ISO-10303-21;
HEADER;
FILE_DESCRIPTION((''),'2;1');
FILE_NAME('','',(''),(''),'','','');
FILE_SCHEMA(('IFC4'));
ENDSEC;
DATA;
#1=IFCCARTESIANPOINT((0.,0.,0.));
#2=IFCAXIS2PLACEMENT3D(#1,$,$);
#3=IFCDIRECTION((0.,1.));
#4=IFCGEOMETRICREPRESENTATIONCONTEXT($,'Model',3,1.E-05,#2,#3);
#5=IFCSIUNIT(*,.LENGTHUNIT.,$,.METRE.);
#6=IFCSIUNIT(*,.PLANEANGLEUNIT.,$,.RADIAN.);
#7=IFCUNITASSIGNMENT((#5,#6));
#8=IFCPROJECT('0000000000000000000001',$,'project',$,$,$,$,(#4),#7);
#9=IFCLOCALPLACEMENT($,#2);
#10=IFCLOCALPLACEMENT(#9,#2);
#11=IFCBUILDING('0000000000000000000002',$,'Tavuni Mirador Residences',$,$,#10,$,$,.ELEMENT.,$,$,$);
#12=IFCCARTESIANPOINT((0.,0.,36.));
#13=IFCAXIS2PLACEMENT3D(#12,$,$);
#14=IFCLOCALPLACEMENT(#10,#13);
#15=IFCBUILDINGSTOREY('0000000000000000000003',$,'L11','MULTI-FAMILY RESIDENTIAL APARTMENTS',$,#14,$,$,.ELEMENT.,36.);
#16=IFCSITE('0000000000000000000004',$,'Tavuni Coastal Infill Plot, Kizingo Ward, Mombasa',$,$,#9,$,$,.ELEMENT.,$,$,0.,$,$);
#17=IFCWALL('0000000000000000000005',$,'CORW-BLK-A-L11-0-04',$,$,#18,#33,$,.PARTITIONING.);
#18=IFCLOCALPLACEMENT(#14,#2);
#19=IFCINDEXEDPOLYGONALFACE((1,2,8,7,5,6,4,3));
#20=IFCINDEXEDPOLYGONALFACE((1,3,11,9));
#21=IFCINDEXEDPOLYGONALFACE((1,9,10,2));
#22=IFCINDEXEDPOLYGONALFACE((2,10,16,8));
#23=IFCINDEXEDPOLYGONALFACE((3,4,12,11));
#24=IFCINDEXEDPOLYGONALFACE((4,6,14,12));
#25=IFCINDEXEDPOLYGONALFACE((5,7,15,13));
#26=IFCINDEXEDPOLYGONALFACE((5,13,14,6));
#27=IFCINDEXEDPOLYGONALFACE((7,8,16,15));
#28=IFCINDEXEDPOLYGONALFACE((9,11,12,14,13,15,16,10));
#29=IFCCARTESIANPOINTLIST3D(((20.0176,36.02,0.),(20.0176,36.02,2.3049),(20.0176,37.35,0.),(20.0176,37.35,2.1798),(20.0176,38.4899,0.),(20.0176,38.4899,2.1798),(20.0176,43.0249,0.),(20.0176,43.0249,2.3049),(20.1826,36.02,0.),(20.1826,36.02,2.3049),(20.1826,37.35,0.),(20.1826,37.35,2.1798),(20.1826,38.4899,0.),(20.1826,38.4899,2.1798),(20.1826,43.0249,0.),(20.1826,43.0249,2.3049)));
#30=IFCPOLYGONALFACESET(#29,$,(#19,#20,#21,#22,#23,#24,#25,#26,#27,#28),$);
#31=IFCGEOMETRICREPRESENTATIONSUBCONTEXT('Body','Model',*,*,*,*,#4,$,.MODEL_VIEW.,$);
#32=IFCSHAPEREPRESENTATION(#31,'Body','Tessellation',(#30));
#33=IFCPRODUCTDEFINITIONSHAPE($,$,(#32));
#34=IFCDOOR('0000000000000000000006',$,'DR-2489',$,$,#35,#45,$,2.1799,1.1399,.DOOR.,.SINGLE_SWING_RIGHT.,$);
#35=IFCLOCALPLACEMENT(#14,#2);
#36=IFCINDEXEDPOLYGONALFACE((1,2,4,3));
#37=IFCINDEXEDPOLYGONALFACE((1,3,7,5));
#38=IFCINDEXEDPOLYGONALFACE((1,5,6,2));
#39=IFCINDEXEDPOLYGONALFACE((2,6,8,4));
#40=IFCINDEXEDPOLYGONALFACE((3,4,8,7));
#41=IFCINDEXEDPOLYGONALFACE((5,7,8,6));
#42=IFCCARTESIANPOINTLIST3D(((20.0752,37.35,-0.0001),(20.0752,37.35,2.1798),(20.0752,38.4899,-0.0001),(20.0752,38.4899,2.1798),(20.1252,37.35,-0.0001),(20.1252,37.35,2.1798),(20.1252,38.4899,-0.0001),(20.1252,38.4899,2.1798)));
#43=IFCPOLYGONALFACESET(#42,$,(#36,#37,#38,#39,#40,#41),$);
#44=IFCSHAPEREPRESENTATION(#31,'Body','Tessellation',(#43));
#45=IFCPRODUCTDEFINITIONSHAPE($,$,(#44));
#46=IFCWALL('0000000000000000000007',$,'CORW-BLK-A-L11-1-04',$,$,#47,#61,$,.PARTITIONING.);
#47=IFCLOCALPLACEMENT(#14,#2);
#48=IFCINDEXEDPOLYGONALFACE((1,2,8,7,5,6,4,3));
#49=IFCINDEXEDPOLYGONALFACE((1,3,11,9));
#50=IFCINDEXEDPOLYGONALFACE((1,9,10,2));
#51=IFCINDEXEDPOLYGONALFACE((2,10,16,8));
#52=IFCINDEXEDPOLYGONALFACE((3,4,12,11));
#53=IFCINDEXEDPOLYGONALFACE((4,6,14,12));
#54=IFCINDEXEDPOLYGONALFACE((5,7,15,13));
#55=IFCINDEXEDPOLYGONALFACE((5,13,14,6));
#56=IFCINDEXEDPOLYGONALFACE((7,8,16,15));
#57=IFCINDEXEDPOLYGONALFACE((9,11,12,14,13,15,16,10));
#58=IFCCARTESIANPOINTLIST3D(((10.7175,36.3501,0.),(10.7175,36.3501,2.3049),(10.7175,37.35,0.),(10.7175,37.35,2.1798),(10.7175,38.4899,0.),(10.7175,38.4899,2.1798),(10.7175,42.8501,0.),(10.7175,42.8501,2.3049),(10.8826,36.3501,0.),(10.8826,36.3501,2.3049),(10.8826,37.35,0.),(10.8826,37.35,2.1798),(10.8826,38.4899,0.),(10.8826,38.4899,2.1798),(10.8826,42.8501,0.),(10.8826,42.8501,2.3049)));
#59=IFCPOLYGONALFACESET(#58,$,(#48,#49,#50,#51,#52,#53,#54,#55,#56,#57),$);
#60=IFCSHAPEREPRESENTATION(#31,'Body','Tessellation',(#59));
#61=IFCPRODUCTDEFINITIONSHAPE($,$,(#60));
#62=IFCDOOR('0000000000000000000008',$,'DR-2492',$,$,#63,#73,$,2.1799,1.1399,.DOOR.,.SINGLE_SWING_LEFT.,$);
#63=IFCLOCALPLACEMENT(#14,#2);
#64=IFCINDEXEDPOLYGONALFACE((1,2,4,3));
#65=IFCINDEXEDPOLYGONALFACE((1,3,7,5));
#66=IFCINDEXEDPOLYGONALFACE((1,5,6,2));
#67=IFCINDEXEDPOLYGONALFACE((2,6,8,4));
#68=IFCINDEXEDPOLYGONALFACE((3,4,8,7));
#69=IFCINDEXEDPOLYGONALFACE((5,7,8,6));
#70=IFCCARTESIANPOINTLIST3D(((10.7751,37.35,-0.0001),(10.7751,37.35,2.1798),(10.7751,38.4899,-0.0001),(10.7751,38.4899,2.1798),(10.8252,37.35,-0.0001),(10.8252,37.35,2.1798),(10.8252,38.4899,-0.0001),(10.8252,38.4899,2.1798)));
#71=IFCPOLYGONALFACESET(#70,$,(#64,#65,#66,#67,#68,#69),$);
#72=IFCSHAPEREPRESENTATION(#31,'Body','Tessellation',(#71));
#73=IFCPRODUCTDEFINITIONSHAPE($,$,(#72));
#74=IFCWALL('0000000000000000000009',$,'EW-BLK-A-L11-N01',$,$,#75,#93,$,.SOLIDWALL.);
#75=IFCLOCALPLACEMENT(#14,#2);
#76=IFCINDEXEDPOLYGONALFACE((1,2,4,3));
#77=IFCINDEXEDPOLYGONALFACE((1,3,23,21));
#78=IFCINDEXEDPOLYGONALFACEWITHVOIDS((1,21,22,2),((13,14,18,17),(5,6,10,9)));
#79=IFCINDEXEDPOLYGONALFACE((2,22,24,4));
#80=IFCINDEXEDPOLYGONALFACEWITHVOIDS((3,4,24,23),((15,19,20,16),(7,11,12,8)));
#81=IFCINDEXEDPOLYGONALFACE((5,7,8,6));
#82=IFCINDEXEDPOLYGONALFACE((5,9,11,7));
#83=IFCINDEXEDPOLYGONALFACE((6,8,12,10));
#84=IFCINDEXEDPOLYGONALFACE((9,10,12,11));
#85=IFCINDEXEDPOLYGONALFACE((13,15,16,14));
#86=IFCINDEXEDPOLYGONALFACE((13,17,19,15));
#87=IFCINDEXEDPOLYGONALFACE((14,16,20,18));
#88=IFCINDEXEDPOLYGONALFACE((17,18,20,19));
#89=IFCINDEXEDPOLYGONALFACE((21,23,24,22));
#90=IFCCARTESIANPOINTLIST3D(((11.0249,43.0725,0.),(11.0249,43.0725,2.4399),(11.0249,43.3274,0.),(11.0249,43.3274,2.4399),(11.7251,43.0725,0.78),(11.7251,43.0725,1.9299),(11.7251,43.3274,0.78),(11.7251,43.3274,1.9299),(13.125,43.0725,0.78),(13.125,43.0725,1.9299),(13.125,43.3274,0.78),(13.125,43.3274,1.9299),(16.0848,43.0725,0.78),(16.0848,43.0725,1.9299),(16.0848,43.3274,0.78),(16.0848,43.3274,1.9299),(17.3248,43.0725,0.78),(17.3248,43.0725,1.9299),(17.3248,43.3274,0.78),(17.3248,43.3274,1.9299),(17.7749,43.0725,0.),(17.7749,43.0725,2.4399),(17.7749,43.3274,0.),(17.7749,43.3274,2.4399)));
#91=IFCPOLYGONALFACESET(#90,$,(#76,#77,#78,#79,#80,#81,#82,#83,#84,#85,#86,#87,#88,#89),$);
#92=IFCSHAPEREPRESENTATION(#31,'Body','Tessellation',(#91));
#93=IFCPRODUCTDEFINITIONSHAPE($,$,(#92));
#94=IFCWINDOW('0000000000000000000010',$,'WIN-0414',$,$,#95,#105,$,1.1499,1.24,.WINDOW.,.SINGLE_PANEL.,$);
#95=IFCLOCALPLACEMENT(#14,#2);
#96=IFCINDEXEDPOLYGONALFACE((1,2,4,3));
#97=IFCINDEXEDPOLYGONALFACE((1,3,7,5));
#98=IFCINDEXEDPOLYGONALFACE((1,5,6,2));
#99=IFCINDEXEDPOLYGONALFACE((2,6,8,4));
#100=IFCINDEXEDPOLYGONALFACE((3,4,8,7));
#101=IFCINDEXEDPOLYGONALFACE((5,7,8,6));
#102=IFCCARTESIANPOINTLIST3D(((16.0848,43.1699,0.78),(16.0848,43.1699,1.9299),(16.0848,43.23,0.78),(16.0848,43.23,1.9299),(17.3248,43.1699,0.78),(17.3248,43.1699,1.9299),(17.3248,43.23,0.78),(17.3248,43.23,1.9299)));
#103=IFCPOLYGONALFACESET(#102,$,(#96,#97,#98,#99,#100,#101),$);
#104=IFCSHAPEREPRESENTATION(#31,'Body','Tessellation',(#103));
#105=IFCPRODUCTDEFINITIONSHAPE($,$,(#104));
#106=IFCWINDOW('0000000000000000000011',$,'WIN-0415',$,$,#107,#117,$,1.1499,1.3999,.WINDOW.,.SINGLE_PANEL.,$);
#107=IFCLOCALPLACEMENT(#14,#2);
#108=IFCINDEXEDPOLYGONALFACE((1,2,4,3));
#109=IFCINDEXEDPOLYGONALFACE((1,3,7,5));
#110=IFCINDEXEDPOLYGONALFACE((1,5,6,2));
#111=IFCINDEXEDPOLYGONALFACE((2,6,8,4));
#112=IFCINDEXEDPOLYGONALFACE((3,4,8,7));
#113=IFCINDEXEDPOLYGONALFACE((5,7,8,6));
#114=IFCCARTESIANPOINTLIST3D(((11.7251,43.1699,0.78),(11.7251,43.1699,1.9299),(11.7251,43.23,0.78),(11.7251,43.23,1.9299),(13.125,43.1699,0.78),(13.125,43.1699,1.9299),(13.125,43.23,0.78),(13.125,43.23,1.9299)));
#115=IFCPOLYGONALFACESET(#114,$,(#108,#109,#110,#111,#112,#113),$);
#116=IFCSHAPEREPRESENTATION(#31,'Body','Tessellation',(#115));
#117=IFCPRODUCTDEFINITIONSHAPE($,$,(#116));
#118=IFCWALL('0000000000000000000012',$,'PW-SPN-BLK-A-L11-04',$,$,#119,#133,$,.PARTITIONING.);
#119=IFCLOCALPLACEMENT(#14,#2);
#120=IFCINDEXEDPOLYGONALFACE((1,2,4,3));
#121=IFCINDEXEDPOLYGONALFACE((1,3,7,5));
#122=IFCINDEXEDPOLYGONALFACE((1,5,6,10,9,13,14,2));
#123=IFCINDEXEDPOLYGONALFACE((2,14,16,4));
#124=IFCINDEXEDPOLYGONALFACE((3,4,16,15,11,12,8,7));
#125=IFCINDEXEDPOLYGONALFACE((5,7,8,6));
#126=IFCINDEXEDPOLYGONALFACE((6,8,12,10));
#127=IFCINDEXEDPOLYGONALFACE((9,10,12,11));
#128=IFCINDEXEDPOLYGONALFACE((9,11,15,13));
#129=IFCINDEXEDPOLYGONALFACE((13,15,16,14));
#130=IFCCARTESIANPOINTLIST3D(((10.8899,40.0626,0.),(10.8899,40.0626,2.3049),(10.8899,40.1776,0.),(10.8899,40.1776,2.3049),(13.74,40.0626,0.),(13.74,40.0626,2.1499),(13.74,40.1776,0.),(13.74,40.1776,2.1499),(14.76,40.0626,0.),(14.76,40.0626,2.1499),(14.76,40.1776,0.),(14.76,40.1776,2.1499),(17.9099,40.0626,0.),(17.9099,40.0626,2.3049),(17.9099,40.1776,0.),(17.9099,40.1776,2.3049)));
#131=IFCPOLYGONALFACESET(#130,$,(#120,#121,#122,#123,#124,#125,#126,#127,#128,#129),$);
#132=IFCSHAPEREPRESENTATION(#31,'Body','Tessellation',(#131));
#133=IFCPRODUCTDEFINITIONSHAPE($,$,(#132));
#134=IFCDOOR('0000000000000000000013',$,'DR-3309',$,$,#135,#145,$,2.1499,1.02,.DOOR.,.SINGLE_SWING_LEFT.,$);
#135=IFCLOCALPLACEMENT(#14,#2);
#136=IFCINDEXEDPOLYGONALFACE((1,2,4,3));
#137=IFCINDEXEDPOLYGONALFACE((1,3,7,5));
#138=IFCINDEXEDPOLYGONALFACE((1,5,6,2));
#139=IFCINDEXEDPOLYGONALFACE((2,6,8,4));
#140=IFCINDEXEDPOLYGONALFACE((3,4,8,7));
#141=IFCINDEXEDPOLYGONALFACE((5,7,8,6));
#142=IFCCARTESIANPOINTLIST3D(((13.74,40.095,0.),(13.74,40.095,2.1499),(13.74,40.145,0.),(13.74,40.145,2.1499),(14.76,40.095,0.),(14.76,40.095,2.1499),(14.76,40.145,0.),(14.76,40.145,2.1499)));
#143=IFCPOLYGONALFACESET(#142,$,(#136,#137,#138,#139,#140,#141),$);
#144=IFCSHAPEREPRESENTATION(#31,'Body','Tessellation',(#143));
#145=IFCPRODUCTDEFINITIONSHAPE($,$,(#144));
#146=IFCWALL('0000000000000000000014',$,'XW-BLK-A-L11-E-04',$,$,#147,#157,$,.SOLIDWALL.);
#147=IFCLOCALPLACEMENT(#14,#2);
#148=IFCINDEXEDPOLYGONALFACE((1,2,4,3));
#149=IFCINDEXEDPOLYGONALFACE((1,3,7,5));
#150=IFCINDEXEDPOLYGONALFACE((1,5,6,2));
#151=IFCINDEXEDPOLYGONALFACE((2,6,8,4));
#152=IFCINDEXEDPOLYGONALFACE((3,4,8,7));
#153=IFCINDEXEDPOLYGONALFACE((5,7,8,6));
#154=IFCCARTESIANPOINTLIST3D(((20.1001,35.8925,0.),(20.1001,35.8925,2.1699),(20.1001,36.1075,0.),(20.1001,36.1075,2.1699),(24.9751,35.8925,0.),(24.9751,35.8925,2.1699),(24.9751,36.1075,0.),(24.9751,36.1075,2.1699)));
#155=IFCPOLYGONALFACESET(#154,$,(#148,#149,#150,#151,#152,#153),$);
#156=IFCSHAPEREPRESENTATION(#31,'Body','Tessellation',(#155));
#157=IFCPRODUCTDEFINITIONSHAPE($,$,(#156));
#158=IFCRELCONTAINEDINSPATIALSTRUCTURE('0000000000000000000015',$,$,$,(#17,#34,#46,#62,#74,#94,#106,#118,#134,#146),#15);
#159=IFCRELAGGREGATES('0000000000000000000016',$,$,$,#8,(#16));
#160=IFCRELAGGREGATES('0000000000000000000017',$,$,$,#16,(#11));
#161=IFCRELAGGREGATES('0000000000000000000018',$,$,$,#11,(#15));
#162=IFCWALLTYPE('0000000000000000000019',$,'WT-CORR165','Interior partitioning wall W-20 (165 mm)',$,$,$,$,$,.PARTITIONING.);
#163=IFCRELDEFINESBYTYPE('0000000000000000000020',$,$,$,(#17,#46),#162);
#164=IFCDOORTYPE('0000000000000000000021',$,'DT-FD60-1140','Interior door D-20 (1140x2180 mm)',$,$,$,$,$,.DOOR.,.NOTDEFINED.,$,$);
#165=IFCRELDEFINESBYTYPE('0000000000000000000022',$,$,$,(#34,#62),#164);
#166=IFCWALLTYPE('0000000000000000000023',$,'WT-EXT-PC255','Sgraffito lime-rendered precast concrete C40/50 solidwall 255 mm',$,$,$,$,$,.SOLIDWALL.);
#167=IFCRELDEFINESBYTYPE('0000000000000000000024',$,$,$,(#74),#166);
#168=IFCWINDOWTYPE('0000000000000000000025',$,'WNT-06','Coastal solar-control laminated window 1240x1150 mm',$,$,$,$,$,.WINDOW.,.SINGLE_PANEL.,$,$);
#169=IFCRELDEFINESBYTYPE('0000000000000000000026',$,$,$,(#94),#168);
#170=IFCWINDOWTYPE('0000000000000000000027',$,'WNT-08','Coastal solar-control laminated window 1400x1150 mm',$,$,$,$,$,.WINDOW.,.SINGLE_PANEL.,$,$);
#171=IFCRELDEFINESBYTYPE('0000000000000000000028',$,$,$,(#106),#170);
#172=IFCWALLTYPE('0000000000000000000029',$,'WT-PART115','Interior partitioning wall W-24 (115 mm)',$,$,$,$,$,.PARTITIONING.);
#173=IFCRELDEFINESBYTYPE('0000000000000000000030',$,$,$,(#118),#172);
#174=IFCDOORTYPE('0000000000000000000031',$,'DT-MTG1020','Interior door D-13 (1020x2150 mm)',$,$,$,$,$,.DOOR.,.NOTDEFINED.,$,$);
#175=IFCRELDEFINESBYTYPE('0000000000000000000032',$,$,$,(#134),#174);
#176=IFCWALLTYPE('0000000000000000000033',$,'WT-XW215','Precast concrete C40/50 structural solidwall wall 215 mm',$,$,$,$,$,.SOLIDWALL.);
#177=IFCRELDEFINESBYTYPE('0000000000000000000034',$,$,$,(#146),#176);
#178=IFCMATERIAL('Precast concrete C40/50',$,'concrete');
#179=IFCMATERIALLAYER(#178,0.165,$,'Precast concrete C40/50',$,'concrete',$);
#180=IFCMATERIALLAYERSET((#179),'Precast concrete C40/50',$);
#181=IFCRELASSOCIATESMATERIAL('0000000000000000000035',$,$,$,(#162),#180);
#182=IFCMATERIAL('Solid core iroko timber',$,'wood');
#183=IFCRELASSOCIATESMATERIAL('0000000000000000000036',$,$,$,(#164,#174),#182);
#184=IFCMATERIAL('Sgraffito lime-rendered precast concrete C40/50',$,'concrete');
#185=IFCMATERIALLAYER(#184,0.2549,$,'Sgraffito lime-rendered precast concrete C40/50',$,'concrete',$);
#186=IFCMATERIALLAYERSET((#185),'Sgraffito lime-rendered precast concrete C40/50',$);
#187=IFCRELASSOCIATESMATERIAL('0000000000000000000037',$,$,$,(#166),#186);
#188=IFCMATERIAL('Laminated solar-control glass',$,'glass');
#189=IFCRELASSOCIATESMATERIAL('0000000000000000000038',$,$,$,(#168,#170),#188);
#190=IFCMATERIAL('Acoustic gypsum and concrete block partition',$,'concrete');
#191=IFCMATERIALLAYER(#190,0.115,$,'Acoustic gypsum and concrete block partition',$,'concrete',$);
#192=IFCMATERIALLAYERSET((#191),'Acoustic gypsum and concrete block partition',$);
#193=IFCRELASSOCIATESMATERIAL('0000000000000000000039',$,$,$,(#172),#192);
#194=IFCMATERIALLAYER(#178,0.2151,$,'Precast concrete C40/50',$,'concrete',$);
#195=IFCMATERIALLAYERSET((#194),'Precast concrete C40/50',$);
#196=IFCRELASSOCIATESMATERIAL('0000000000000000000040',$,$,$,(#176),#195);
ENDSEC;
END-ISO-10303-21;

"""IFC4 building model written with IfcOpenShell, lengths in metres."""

from ifc_helpers import new_model, si_unit, direction, frame, frame_2d, origin, place, context, subcontext, project, spatial, rectangle, extrude, material, layer, layer_set, type_object, element, fill, save


model = new_model("IFC4")

# Units and contexts
model_context = context("Model", 3, precision=1e-05, world=origin(), true_north=direction((0.0, 1.0)))
body_context = subcontext(model_context, "Body", "Model", "MODEL_VIEW")
ifc_project = project(units=[si_unit("LENGTHUNIT", "METRE"), si_unit("PLANEANGLEUNIT", "RADIAN")], contexts=[model_context])

# Site, building, storey
site_placement = place(None, origin())
site = spatial("IfcSite", under=ifc_project, at=site_placement, Name="Tavuni Coastal Infill Plot, Kizingo Ward, Mombasa", CompositionType="ELEMENT", RefElevation=0.0)
building_placement = place(site_placement, origin())
building = spatial("IfcBuilding", under=site, at=building_placement, Name="Tavuni Mirador Residences", CompositionType="ELEMENT")
storey_placement = place(building_placement, frame((0.0, 0.0, 36.0)))
storey = spatial("IfcBuildingStorey", under=building, at=storey_placement, Name="L11", Description="MULTI-FAMILY RESIDENTIAL APARTMENTS", CompositionType="ELEMENT", Elevation=36.0)

# Shared definitions
ifc_material_1 = material(Name="Precast concrete C40/50", Category="concrete")

# Walls, openings, doors
ifc_layer_1 = layer(ifc_material_1, 0.165, Name="Precast concrete C40/50", Category="concrete")
ifc_layer_set_1 = layer_set([ifc_layer_1], Name="Precast concrete C40/50")
wall_type_1 = type_object("IfcWallType", Name="WT-CORR165", Description="Interior partitioning wall W-20 (165 mm)", PredefinedType="PARTITIONING", material=ifc_layer_set_1)
wall_1_placement = place(storey_placement, frame((20.1001, 36.02, 0.0), z_axis=(0.0, 0.0, 1.0), x_axis=(0.0, 1.0, 0.0)))
wall_1 = element("IfcWall", 1, at=wall_1_placement, inside=storey, type_object=wall_type_1, Name="CORW-BLK-A-L11-0-04", PredefinedType="PARTITIONING", context=body_context, shape_type="SweptSolid", body=[
    extrude(rectangle(XDim=7.0049, YDim=0.165, at=frame_2d((3.5024, 0.0))), origin(), (0.0, 0.0, 1.0), 2.3049),
])
opening_1_placement = place(wall_1_placement, frame((1.3301, 0.0, 0.0)))
opening_1 = element("IfcOpeningElement", 2, at=opening_1_placement, cuts=wall_1, PredefinedType="OPENING", context=body_context, shape_type="SweptSolid", body=[
    extrude(rectangle(XDim=1.1399, YDim=2.1799, at=frame_2d((0.5698, 1.0898))), frame((0.0, 0.0925, 0.0), z_axis=(0.0, -1.0, 0.0), x_axis=(1.0, 0.0, 0.0)), (0.0, 0.0, 1.0), 0.1851),
])
ifc_material_2 = material(Name="Solid core iroko timber", Category="wood")
door_type_1 = type_object("IfcDoorType", Name="DT-FD60-1140", Description="Interior door D-20 (1140x2180 mm)", OperationType="NOTDEFINED", PredefinedType="DOOR", material=ifc_material_2)
door_1_placement = place(opening_1_placement, origin())
door_1 = element("IfcDoor", 3, at=door_1_placement, inside=storey, type_object=door_type_1, Name="DR-2489", OperationType="SINGLE_SWING_RIGHT", OverallHeight=2.1799, OverallWidth=1.1399, PredefinedType="DOOR", context=body_context, shape_type="SweptSolid", body=[
    extrude(rectangle(XDim=1.1399, YDim=2.1799, at=frame_2d((0.5698, 1.0898))), frame((0.0, 0.0249, 0.0), z_axis=(0.0, -1.0, 0.0), x_axis=(1.0, 0.0, 0.0)), (0.0, 0.0, 1.0), 0.05),
])
fill(opening_1, door_1)
wall_2_placement = place(storey_placement, frame((10.8, 36.3501, 0.0), z_axis=(0.0, 0.0, 1.0), x_axis=(0.0, 1.0, 0.0)))
wall_2 = element("IfcWall", 4, at=wall_2_placement, inside=storey, type_object=wall_type_1, Name="CORW-BLK-A-L11-1-04", PredefinedType="PARTITIONING", context=body_context, shape_type="SweptSolid", body=[
    extrude(rectangle(XDim=6.5, YDim=0.165, at=frame_2d((3.25, 0.0))), origin(), (0.0, 0.0, 1.0), 2.3049),
])
opening_2_placement = place(wall_2_placement, frame((1.0, 0.0, 0.0)))
opening_2 = element("IfcOpeningElement", 5, at=opening_2_placement, cuts=wall_2, PredefinedType="OPENING", context=body_context, shape_type="SweptSolid", body=[
    extrude(rectangle(XDim=1.1399, YDim=2.1799, at=frame_2d((0.5698, 1.0898))), frame((0.0, 0.0925, 0.0), z_axis=(0.0, -1.0, 0.0), x_axis=(1.0, 0.0, 0.0)), (0.0, 0.0, 1.0), 0.1851),
])
door_2_placement = place(opening_2_placement, origin())
door_2 = element("IfcDoor", 6, at=door_2_placement, inside=storey, type_object=door_type_1, Name="DR-2492", OperationType="SINGLE_SWING_LEFT", OverallHeight=2.1799, OverallWidth=1.1399, PredefinedType="DOOR", context=body_context, shape_type="SweptSolid", body=[
    extrude(rectangle(XDim=1.1399, YDim=2.1799, at=frame_2d((0.5698, 1.0898))), frame((0.0, 0.0249, 0.0), z_axis=(0.0, -1.0, 0.0), x_axis=(1.0, 0.0, 0.0)), (0.0, 0.0, 1.0), 0.05),
])
fill(opening_2, door_2)

# Wall, openings, windows
ifc_material_3 = material(Name="Sgraffito lime-rendered precast concrete C40/50", Category="concrete")
ifc_layer_2 = layer(ifc_material_3, 0.2549, Name="Sgraffito lime-rendered precast concrete C40/50", Category="concrete")
ifc_layer_set_2 = layer_set([ifc_layer_2], Name="Sgraffito lime-rendered precast concrete C40/50")
wall_type_2 = type_object("IfcWallType", Name="WT-EXT-PC255", Description="Sgraffito lime-rendered precast concrete C40/50 solidwall 255 mm", PredefinedType="SOLIDWALL", material=ifc_layer_set_2)
wall_3_placement = place(storey_placement, frame((17.7749, 43.2, 0.0), z_axis=(0.0, 0.0, 1.0), x_axis=(-1.0, 0.0, 0.0)))
wall_3 = element("IfcWall", 7, at=wall_3_placement, inside=storey, type_object=wall_type_2, Name="EW-BLK-A-L11-N01", PredefinedType="SOLIDWALL", context=body_context, shape_type="SweptSolid", body=[
    extrude(rectangle(XDim=6.75, YDim=0.2549, at=frame_2d((3.375, 0.0))), origin(), (0.0, 0.0, 1.0), 2.4399),
])
opening_3_placement = place(wall_3_placement, frame((0.45, 0.0, 0.78)))
opening_3 = element("IfcOpeningElement", 8, at=opening_3_placement, cuts=wall_3, PredefinedType="OPENING", context=body_context, shape_type="SweptSolid", body=[
    extrude(rectangle(XDim=1.24, YDim=1.1499, at=frame_2d((0.6201, 0.575))), frame((0.0, 0.1375, 0.0), z_axis=(0.0, -1.0, 0.0), x_axis=(1.0, 0.0, 0.0)), (0.0, 0.0, 1.0), 0.2749),
])
opening_4_placement = place(wall_3_placement, frame((4.6499, 0.0, 0.78)))
opening_4 = element("IfcOpeningElement", 9, at=opening_4_placement, cuts=wall_3, PredefinedType="OPENING", context=body_context, shape_type="SweptSolid", body=[
    extrude(rectangle(XDim=1.3999, YDim=1.1499, at=frame_2d((0.7, 0.575))), frame((0.0, 0.1375, 0.0), z_axis=(0.0, -1.0, 0.0), x_axis=(1.0, 0.0, 0.0)), (0.0, 0.0, 1.0), 0.2749),
])
ifc_material_4 = material(Name="Laminated solar-control glass", Category="glass")
window_type_1 = type_object("IfcWindowType", Name="WNT-06", Description="Coastal solar-control laminated window 1240x1150 mm", PartitioningType="SINGLE_PANEL", PredefinedType="WINDOW", material=ifc_material_4)
window_1_placement = place(opening_3_placement, origin())
window_1 = element("IfcWindow", 10, at=window_1_placement, inside=storey, type_object=window_type_1, Name="WIN-0414", OverallHeight=1.1499, OverallWidth=1.24, PartitioningType="SINGLE_PANEL", PredefinedType="WINDOW", context=body_context, shape_type="SweptSolid", body=[
    extrude(rectangle(XDim=1.24, YDim=1.1499, at=frame_2d((0.6201, 0.575))), frame((0.0, 0.03, 0.0), z_axis=(0.0, -1.0, 0.0), x_axis=(1.0, 0.0, 0.0)), (0.0, 0.0, 1.0), 0.0601),
])
fill(opening_3, window_1)
window_type_2 = type_object("IfcWindowType", Name="WNT-08", Description="Coastal solar-control laminated window 1400x1150 mm", PartitioningType="SINGLE_PANEL", PredefinedType="WINDOW", material=ifc_material_4)
window_2_placement = place(opening_4_placement, origin())
window_2 = element("IfcWindow", 11, at=window_2_placement, inside=storey, type_object=window_type_2, Name="WIN-0415", OverallHeight=1.1499, OverallWidth=1.3999, PartitioningType="SINGLE_PANEL", PredefinedType="WINDOW", context=body_context, shape_type="SweptSolid", body=[
    extrude(rectangle(XDim=1.3999, YDim=1.1499, at=frame_2d((0.7, 0.575))), frame((0.0, 0.03, 0.0), z_axis=(0.0, -1.0, 0.0), x_axis=(1.0, 0.0, 0.0)), (0.0, 0.0, 1.0), 0.0601),
])
fill(opening_4, window_2)

# Wall, opening, door
ifc_material_5 = material(Name="Acoustic gypsum and concrete block partition", Category="concrete")
ifc_layer_3 = layer(ifc_material_5, 0.115, Name="Acoustic gypsum and concrete block partition", Category="concrete")
ifc_layer_set_3 = layer_set([ifc_layer_3], Name="Acoustic gypsum and concrete block partition")
wall_type_3 = type_object("IfcWallType", Name="WT-PART115", Description="Interior partitioning wall W-24 (115 mm)", PredefinedType="PARTITIONING", material=ifc_layer_set_3)
wall_4_placement = place(storey_placement, frame((10.8899, 40.1201, 0.0), z_axis=(0.0, 0.0, 1.0), x_axis=(1.0, 0.0, 0.0)))
wall_4 = element("IfcWall", 12, at=wall_4_placement, inside=storey, type_object=wall_type_3, Name="PW-SPN-BLK-A-L11-04", PredefinedType="PARTITIONING", context=body_context, shape_type="SweptSolid", body=[
    extrude(rectangle(XDim=7.02, YDim=0.115, at=frame_2d((3.51, 0.0))), origin(), (0.0, 0.0, 1.0), 2.3049),
])
opening_5_placement = place(wall_4_placement, frame((2.8501, 0.0, 0.0)))
opening_5 = element("IfcOpeningElement", 13, at=opening_5_placement, cuts=wall_4, PredefinedType="OPENING", context=body_context, shape_type="SweptSolid", body=[
    extrude(rectangle(XDim=1.02, YDim=2.1499, at=frame_2d((0.51, 1.075))), frame((0.0, 0.0674, 0.0), z_axis=(0.0, -1.0, 0.0), x_axis=(1.0, 0.0, 0.0)), (0.0, 0.0, 1.0), 0.135),
])
door_type_2 = type_object("IfcDoorType", Name="DT-MTG1020", Description="Interior door D-13 (1020x2150 mm)", OperationType="NOTDEFINED", PredefinedType="DOOR", material=ifc_material_2)
door_3_placement = place(opening_5_placement, origin())
door_3 = element("IfcDoor", 14, at=door_3_placement, inside=storey, type_object=door_type_2, Name="DR-3309", OperationType="SINGLE_SWING_LEFT", OverallHeight=2.1499, OverallWidth=1.02, PredefinedType="DOOR", context=body_context, shape_type="SweptSolid", body=[
    extrude(rectangle(XDim=1.02, YDim=2.1499, at=frame_2d((0.51, 1.075))), frame((0.0, 0.0249, 0.0), z_axis=(0.0, -1.0, 0.0), x_axis=(1.0, 0.0, 0.0)), (0.0, 0.0, 1.0), 0.05),
])
fill(opening_5, door_3)

# Wall
ifc_layer_4 = layer(ifc_material_1, 0.2151, Name="Precast concrete C40/50", Category="concrete")
ifc_layer_set_4 = layer_set([ifc_layer_4], Name="Precast concrete C40/50")
wall_type_4 = type_object("IfcWallType", Name="WT-XW215", Description="Precast concrete C40/50 structural solidwall wall 215 mm", PredefinedType="SOLIDWALL", material=ifc_layer_set_4)
wall_5_placement = place(storey_placement, frame((20.1001, 36.0, 0.0), z_axis=(0.0, 0.0, 1.0), x_axis=(1.0, 0.0, 0.0)))
element("IfcWall", 15, at=wall_5_placement, inside=storey, type_object=wall_type_4, Name="XW-BLK-A-L11-E-04", PredefinedType="SOLIDWALL", context=body_context, shape_type="SweptSolid", body=[
    extrude(rectangle(XDim=4.875, YDim=0.2151, at=frame_2d((2.4375, 0.0))), origin(), (0.0, 0.0, 1.0), 2.1699),
])

save(model, "model.ifc")
